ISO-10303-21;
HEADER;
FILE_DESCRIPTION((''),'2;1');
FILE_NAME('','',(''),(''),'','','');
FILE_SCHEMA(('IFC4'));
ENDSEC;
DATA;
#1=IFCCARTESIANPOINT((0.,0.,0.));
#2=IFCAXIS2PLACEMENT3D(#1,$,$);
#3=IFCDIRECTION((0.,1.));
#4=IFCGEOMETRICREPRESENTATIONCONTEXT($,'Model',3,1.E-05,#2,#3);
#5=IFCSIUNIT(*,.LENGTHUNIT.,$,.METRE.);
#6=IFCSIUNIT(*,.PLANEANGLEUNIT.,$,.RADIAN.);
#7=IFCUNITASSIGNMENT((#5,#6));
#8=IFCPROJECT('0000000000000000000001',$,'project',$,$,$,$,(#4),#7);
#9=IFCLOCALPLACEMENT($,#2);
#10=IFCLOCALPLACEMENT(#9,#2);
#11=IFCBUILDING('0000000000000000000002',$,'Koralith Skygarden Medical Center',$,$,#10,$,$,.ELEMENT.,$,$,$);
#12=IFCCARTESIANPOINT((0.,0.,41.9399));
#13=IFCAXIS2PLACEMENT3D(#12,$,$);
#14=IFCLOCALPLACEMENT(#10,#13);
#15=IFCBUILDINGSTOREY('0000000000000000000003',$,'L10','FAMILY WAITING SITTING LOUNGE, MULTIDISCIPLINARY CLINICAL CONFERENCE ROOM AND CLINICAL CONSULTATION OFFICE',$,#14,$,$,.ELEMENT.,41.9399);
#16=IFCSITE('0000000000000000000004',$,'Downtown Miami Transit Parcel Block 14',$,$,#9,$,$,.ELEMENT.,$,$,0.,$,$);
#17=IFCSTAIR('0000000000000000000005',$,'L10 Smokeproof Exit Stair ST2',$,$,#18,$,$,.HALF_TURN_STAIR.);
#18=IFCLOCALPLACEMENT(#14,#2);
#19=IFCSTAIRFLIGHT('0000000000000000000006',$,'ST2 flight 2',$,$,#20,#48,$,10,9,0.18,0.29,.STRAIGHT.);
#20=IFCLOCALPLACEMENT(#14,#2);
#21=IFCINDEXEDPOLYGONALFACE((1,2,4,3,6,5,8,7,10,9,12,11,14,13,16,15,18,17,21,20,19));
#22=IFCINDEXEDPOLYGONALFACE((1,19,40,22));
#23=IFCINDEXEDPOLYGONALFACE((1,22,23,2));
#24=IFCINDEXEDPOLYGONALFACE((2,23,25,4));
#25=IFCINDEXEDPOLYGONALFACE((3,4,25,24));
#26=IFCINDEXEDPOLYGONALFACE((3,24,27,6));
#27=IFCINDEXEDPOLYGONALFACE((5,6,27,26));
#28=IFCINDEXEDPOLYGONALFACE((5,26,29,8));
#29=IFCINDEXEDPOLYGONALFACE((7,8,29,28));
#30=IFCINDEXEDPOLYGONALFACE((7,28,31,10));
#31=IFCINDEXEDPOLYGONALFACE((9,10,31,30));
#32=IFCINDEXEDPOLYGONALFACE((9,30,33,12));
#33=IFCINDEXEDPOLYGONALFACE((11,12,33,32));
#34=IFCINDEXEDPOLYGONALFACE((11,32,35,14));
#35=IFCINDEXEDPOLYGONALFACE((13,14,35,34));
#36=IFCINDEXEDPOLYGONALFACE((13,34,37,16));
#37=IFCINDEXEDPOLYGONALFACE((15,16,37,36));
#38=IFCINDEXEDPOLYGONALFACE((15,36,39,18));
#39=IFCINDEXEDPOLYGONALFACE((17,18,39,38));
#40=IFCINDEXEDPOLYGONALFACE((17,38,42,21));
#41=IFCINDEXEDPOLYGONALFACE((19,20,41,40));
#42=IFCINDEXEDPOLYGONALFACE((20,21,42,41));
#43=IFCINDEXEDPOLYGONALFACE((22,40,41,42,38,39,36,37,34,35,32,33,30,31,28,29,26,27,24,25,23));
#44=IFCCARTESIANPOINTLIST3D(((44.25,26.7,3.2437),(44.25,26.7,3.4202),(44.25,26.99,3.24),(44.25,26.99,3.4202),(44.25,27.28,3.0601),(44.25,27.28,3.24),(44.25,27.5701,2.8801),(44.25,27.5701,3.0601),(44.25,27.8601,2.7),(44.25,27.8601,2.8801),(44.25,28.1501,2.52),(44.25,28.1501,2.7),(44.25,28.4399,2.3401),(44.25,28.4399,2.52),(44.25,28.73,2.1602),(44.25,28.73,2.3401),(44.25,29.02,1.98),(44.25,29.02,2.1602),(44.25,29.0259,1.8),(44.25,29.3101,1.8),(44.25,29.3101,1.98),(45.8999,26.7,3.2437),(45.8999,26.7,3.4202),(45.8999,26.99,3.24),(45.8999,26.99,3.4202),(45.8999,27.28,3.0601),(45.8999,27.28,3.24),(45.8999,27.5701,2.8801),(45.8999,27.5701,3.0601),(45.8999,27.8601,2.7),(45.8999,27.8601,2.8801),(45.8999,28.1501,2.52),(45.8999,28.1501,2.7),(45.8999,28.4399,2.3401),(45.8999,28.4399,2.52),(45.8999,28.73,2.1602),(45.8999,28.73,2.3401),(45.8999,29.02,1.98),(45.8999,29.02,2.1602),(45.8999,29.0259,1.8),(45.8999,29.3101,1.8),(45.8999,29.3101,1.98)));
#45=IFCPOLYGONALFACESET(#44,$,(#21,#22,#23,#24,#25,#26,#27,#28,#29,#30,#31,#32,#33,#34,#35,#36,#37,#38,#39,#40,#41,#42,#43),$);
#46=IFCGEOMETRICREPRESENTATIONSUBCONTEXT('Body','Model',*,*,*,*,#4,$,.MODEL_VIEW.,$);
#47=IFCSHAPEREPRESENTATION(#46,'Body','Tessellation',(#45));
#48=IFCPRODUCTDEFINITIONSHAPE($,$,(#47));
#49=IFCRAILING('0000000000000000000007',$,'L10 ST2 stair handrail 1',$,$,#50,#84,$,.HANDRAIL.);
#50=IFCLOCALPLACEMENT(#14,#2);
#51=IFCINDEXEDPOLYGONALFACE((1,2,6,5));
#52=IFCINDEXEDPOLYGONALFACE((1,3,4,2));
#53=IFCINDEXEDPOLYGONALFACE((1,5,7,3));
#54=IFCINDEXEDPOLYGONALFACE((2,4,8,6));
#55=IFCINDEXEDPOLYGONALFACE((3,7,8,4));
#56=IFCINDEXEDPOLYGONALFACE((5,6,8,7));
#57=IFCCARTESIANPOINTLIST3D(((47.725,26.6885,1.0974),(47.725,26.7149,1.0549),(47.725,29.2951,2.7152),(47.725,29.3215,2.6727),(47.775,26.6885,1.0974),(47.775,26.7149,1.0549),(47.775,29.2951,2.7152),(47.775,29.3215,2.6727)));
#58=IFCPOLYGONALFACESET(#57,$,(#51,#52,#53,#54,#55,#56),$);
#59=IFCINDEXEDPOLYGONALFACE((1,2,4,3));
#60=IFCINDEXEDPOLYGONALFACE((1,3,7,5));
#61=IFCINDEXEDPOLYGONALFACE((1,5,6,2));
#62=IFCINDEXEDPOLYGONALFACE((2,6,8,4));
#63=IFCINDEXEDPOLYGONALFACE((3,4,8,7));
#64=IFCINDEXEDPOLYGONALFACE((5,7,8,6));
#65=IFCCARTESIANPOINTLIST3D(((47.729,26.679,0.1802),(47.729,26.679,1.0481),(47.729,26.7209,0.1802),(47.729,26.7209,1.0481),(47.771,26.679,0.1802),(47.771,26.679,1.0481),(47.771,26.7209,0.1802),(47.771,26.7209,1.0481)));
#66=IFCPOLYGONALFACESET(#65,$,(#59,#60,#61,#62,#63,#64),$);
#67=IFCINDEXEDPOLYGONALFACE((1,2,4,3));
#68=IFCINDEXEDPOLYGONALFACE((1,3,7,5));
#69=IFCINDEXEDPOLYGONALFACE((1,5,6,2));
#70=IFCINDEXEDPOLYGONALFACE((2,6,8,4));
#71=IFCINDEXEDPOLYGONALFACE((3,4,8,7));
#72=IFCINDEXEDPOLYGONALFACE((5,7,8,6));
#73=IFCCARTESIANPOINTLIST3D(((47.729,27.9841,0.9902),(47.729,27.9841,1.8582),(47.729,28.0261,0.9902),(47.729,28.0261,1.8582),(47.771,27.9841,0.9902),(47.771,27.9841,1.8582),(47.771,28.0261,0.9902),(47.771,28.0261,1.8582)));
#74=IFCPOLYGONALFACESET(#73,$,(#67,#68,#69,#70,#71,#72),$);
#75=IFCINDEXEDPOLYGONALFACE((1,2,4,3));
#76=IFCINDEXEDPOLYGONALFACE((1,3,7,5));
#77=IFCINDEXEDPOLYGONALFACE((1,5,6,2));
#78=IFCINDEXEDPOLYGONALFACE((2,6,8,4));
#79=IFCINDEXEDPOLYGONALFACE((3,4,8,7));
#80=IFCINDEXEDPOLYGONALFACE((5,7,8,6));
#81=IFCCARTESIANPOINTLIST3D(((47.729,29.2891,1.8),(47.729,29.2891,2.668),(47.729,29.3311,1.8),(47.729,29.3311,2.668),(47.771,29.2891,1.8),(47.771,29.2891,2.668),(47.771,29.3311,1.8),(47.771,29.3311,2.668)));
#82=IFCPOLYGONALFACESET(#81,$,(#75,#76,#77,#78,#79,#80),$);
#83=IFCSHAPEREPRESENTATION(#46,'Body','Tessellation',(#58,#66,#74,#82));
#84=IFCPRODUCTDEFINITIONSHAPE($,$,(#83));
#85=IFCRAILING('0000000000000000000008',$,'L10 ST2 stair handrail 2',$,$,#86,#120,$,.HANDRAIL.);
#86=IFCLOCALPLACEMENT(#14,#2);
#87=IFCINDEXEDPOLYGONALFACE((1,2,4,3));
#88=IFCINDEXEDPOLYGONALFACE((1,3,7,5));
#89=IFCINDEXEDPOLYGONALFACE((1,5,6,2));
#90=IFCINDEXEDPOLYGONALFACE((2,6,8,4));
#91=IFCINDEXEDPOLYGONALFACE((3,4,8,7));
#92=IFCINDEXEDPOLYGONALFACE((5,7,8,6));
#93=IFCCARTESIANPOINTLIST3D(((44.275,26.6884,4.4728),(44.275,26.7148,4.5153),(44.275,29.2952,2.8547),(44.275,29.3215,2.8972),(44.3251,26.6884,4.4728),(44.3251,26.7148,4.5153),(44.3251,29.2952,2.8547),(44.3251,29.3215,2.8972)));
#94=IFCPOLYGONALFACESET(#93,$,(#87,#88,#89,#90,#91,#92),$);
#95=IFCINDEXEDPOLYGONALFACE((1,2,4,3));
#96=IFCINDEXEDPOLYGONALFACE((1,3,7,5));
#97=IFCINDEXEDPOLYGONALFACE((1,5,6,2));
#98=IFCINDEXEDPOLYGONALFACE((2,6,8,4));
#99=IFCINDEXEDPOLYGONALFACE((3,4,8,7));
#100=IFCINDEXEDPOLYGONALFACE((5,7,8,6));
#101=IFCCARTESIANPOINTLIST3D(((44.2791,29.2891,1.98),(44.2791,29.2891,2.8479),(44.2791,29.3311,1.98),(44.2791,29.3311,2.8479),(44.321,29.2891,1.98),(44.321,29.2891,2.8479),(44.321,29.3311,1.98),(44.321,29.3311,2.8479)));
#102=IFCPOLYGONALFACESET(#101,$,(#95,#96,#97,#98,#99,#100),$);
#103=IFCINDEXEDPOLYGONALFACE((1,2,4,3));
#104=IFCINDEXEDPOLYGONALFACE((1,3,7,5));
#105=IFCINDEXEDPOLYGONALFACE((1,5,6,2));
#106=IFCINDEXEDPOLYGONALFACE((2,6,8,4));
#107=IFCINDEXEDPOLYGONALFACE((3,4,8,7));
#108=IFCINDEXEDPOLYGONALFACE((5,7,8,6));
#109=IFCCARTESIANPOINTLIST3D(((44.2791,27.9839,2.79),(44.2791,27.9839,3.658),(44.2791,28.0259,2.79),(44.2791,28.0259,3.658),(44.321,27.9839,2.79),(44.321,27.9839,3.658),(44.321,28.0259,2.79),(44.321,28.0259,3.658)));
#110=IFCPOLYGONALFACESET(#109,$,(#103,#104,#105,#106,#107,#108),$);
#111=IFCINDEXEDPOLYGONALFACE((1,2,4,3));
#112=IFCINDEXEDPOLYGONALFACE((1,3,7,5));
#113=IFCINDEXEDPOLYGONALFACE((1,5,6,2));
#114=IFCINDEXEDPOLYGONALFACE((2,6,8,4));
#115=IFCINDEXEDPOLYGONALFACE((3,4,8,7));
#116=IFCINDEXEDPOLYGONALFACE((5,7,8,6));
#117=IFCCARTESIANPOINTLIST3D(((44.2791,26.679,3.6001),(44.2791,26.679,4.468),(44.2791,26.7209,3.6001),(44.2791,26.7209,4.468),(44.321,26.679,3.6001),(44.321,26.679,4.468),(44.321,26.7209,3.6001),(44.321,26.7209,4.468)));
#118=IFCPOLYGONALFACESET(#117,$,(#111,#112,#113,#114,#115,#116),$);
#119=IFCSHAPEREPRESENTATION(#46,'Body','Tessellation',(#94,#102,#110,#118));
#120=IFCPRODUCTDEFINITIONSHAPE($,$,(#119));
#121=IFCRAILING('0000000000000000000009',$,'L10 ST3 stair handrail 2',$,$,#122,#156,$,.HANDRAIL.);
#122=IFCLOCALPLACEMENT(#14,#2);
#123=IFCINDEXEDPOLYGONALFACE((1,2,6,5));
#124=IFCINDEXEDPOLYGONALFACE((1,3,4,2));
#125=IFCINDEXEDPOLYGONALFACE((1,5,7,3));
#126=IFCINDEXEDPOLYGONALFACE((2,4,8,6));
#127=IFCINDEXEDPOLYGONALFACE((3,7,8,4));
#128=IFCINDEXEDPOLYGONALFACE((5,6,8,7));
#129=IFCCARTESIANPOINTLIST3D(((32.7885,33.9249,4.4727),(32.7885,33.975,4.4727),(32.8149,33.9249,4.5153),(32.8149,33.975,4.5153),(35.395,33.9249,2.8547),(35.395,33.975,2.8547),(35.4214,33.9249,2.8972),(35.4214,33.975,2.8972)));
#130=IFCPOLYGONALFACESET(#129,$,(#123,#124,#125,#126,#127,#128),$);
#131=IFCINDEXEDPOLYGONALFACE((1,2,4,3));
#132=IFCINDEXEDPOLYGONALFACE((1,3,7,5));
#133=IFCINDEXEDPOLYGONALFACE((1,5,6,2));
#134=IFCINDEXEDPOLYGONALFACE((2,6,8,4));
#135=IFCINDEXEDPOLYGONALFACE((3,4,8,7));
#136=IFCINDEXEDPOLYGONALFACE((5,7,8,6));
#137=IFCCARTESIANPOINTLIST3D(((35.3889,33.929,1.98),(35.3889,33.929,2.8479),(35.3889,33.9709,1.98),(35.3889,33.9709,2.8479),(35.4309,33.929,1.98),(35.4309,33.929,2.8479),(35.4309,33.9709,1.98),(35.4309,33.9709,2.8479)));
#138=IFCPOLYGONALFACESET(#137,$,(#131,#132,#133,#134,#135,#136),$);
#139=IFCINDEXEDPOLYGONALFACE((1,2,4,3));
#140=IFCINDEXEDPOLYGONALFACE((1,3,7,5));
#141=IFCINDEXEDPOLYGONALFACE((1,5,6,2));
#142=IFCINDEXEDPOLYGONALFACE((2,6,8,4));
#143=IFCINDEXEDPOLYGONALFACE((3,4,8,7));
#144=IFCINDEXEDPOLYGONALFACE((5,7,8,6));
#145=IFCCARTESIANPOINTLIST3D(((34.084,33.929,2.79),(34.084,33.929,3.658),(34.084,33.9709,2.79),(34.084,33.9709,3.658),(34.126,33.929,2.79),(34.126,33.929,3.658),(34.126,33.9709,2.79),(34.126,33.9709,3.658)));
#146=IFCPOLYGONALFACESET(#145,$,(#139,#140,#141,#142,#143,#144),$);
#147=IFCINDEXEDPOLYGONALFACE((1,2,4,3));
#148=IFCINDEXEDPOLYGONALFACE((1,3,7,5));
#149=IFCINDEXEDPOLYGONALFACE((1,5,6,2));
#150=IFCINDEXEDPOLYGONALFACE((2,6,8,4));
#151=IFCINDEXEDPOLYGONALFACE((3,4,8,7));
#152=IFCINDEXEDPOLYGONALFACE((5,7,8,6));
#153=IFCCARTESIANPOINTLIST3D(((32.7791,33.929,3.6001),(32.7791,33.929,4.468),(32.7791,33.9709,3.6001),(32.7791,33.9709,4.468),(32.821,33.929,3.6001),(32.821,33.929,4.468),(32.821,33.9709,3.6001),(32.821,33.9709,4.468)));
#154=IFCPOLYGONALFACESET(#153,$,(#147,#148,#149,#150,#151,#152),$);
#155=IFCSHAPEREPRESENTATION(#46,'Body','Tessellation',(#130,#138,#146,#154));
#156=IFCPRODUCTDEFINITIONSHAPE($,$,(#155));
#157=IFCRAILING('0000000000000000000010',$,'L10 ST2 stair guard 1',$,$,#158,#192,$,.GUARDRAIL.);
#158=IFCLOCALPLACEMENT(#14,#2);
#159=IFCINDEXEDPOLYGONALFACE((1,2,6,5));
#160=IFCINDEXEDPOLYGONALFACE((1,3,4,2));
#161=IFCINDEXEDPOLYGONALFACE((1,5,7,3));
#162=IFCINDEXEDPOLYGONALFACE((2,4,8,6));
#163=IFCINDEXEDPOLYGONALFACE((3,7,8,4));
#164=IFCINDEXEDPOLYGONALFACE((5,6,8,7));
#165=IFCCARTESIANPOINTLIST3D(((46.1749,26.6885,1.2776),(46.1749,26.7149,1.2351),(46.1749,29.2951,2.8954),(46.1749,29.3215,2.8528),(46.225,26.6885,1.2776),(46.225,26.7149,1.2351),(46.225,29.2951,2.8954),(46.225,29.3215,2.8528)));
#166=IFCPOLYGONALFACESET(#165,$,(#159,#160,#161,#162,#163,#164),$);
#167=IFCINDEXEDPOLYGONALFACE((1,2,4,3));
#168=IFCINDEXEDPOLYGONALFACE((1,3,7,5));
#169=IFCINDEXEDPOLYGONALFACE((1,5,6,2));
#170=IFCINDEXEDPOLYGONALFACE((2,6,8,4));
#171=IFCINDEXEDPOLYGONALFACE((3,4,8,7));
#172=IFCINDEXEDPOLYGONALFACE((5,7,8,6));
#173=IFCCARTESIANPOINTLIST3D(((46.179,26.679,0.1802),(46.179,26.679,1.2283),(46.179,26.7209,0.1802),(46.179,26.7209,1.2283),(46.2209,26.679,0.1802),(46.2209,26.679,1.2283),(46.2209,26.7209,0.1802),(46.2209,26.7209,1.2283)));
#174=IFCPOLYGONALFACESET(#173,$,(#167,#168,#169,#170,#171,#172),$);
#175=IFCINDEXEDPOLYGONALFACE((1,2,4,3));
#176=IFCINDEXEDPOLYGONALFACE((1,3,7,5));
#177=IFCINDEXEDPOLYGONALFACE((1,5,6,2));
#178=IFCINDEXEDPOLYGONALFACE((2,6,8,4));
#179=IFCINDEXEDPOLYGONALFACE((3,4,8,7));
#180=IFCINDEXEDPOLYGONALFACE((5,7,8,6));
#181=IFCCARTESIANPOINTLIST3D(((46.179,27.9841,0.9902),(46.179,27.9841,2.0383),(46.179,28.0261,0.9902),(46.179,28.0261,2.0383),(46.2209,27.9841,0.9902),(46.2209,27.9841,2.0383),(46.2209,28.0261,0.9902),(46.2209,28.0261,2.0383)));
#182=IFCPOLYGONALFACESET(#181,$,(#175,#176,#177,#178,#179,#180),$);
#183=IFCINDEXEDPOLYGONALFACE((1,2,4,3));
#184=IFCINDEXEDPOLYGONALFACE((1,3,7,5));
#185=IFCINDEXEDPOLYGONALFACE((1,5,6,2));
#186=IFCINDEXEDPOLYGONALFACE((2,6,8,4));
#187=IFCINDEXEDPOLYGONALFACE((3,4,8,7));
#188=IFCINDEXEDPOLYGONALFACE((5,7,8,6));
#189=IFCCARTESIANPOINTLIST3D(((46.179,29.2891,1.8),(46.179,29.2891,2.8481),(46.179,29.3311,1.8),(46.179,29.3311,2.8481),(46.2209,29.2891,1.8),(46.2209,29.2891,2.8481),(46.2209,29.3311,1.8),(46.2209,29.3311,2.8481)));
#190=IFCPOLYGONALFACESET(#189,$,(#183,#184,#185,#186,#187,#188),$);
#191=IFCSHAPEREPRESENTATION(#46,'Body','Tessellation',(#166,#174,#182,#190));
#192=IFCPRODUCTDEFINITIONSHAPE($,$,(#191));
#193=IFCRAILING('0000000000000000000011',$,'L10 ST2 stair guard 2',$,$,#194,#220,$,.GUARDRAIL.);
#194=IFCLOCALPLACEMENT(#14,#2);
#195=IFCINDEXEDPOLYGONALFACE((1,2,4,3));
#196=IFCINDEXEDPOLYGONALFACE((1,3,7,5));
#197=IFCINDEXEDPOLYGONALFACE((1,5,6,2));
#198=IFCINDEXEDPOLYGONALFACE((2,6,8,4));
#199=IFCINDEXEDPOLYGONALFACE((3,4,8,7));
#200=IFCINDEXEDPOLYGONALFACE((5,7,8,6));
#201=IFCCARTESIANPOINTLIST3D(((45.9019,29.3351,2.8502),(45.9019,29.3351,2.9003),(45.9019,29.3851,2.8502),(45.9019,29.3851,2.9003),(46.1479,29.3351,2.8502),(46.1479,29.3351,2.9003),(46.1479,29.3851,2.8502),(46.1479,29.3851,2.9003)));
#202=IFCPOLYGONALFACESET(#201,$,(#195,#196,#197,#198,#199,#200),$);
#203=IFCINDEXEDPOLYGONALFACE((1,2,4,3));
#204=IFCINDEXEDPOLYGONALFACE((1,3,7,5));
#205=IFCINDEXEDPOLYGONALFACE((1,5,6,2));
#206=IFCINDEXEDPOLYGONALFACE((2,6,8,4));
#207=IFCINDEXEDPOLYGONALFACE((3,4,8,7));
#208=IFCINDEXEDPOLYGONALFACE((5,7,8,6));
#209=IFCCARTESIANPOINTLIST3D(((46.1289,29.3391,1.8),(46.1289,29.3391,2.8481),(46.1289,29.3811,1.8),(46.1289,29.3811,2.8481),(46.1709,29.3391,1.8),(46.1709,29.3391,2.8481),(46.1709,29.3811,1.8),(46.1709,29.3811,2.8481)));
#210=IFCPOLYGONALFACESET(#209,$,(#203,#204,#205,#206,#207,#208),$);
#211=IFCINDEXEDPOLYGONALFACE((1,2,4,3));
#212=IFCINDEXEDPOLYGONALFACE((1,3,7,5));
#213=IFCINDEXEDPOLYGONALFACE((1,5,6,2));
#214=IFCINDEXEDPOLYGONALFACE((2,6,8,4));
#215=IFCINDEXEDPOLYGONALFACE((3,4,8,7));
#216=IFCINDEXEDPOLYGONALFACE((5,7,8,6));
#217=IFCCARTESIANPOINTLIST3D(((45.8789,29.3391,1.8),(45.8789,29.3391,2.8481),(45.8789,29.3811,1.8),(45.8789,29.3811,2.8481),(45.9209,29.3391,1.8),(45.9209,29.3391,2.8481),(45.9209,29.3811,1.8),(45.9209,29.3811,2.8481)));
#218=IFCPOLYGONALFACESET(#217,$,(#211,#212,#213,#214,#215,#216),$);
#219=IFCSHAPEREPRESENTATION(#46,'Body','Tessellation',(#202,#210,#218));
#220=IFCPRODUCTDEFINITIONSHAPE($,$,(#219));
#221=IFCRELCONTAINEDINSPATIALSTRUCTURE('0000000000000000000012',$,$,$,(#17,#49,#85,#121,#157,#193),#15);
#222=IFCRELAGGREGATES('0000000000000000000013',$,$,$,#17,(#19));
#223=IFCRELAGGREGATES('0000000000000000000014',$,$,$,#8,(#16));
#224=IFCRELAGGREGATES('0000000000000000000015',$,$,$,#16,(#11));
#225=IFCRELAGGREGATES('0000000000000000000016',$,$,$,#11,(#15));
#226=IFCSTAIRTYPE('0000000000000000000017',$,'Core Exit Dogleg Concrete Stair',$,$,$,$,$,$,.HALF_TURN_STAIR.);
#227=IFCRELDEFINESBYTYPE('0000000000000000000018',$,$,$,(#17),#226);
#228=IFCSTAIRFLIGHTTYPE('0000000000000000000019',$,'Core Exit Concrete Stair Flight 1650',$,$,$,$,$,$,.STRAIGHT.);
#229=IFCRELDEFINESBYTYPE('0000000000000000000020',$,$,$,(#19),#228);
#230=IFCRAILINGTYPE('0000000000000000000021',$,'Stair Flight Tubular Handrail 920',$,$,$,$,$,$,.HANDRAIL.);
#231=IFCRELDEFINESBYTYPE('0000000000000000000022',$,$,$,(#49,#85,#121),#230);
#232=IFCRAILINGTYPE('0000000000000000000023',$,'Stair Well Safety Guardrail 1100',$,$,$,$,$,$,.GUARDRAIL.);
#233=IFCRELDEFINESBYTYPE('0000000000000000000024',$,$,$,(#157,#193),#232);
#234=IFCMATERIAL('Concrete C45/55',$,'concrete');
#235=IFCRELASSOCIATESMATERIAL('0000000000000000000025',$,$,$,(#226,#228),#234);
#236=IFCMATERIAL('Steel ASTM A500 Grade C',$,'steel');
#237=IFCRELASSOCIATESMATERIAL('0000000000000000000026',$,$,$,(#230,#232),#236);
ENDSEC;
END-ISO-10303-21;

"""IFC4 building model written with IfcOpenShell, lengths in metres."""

from ifc_helpers import new_model, si_unit, direction, frame, origin, origin_2d, place, context, subcontext, project, spatial, polyline, rectangle, outline, extrude, material, type_object, element, aggregate, save


model = new_model("IFC4")

# Units and contexts
model_context = context("Model", 3, precision=1e-05, world=origin(), true_north=direction((0.0, 1.0)))
body_context = subcontext(model_context, "Body", "Model", "MODEL_VIEW")
ifc_project = project(units=[si_unit("LENGTHUNIT", "METRE"), si_unit("PLANEANGLEUNIT", "RADIAN")], contexts=[model_context])

# Site, building, storey
site_placement = place(None, origin())
site = spatial("IfcSite", under=ifc_project, at=site_placement, Name="Downtown Miami Transit Parcel Block 14", CompositionType="ELEMENT", RefElevation=0.0)
building_placement = place(site_placement, origin())
building = spatial("IfcBuilding", under=site, at=building_placement, Name="Koralith Skygarden Medical Center", CompositionType="ELEMENT")
storey_placement = place(building_placement, frame((0.0, 0.0, 41.9399)))
storey = spatial("IfcBuildingStorey", under=building, at=storey_placement, Name="L10", Description="FAMILY WAITING SITTING LOUNGE, MULTIDISCIPLINARY CLINICAL CONFERENCE ROOM AND CLINICAL CONSULTATION OFFICE", CompositionType="ELEMENT", Elevation=41.9399)

# Shared definitions
ifc_material_1 = material(Name="Concrete C45/55", Category="concrete")

# Stair, stair flight
stair_type = type_object("IfcStairType", Name="Core Exit Dogleg Concrete Stair", PredefinedType="HALF_TURN_STAIR", material=ifc_material_1)
stair_placement = place(storey_placement, origin())
stair = element("IfcStair", 1, at=stair_placement, inside=storey, type_object=stair_type, Name="L10 Smokeproof Exit Stair ST2", PredefinedType="HALF_TURN_STAIR")
stair_flight_type = type_object("IfcStairFlightType", Name="Core Exit Concrete Stair Flight 1650", PredefinedType="STRAIGHT", material=ifc_material_1)
stair_flight_1_placement = place(storey_placement, frame((45.075, 29.3101, 1.8), z_axis=(0.0, 0.0, 1.0), x_axis=(0.0, -1.0, 0.0)))
stair_flight_1 = element("IfcStairFlight", 2, at=stair_flight_1_placement, type_object=stair_flight_type, Name="ST2 flight 2", NumberOfRisers=10, NumberOfTreads=9, PredefinedType="STRAIGHT", RiserHeight=0.18, TreadLength=0.29, context=body_context, shape_type="SweptSolid", body=[
    extrude(outline(polyline([(0.0, 0.0), (0.0, 0.1799), (0.29, 0.1799), (0.29, 0.3601), (0.5801, 0.3601), (0.5801, 0.54), (0.8701, 0.54), (0.8701, 0.72), (1.1599, 0.72), (1.1599, 0.8999), (1.45, 0.8999), (1.45, 1.0801), (1.74, 1.0801), (1.74, 1.26), (2.03, 1.26), (2.03, 1.4399), (2.3201, 1.4399), (2.3201, 1.6201), (2.6101, 1.6201), (2.6101, 1.8), (2.6101, 1.4436), (0.2842, 0.0), (0.0, 0.0)])), frame((0.0, 0.825, 0.0), z_axis=(0.0, -1.0, 0.0), x_axis=(1.0, 0.0, 0.0)), (0.0, 0.0, 1.0), 1.6499),
])
aggregate(stair, [stair_flight_1])

# Railings
ifc_material_2 = material(Name="Steel ASTM A500 Grade C", Category="steel")
railing_type_1 = type_object("IfcRailingType", Name="Stair Flight Tubular Handrail 920", PredefinedType="HANDRAIL", material=ifc_material_2)
railing_1_placement = place(storey_placement, frame((47.75, 26.7, 0.1802)))
element("IfcRailing", 3, at=railing_1_placement, inside=storey, type_object=railing_type_1, Name="L10 ST2 stair handrail 1", PredefinedType="HANDRAIL", context=body_context, shape_type="SweptSolid", body=[
    extrude(rectangle(XDim=0.05, YDim=0.05, at=origin_2d()), frame((0.0, 0.0017, 0.896), z_axis=(0.0, 0.849668, 0.527317), x_axis=(-1.0, 0.0, 0.0)), (0.0, 0.0, 1.0), 3.0679),
    extrude(rectangle(XDim=0.042, YDim=0.042, at=origin_2d()), origin(), (0.0, 0.0, 1.0), 0.8679),
    extrude(rectangle(XDim=0.042, YDim=0.042, at=origin_2d()), frame((0.0, 1.3052, 0.8101)), (0.0, 0.0, 1.0), 0.8679),
    extrude(rectangle(XDim=0.042, YDim=0.042, at=origin_2d()), frame((0.0, 2.6101, 1.6199)), (0.0, 0.0, 1.0), 0.8679),
])
railing_2_placement = place(storey_placement, frame((44.3, 29.3101, 1.98)))
element("IfcRailing", 4, at=railing_2_placement, inside=storey, type_object=railing_type_1, Name="L10 ST2 stair handrail 2", PredefinedType="HANDRAIL", context=body_context, shape_type="SweptSolid", body=[
    extrude(rectangle(XDim=0.05, YDim=0.05, at=origin_2d()), frame((0.0, -0.0017, 0.896), z_axis=(0.0, -0.849633, 0.527375), x_axis=(1.0, 0.0, 0.0)), (0.0, 0.0, 1.0), 3.0681),
    extrude(rectangle(XDim=0.042, YDim=0.042, at=origin_2d()), origin(), (0.0, 0.0, 1.0), 0.8679),
    extrude(rectangle(XDim=0.042, YDim=0.042, at=origin_2d()), frame((0.0, -1.3052, 0.8101)), (0.0, 0.0, 1.0), 0.8679),
    extrude(rectangle(XDim=0.042, YDim=0.042, at=origin_2d()), frame((0.0, -2.6101, 1.6201)), (0.0, 0.0, 1.0), 0.8679),
])
railing_3_placement = place(storey_placement, frame((35.4099, 33.95, 1.98)))
element("IfcRailing", 5, at=railing_3_placement, inside=storey, type_object=railing_type_1, Name="L10 ST3 stair handrail 2", PredefinedType="HANDRAIL", context=body_context, shape_type="SweptSolid", body=[
    extrude(rectangle(XDim=0.05, YDim=0.05, at=origin_2d()), frame((-0.0017, 0.0, 0.896), z_axis=(-0.849611, 0.0, 0.52741), x_axis=(0.0, -1.0, 0.0)), (0.0, 0.0, 1.0), 3.0679),
    extrude(rectangle(XDim=0.042, YDim=0.042, at=origin_2d()), origin(), (0.0, 0.0, 1.0), 0.8679),
    extrude(rectangle(XDim=0.042, YDim=0.042, at=origin_2d()), frame((-1.3049, 0.0, 0.8101)), (0.0, 0.0, 1.0), 0.8679),
    extrude(rectangle(XDim=0.042, YDim=0.042, at=origin_2d()), frame((-2.6099, 0.0, 1.6201)), (0.0, 0.0, 1.0), 0.8679),
])
railing_type_2 = type_object("IfcRailingType", Name="Stair Well Safety Guardrail 1100", PredefinedType="GUARDRAIL", material=ifc_material_2)
railing_4_placement = place(storey_placement, frame((46.2, 26.7, 0.1802)))
element("IfcRailing", 6, at=railing_4_placement, inside=storey, type_object=railing_type_2, Name="L10 ST2 stair guard 1", PredefinedType="GUARDRAIL", context=body_context, shape_type="SweptSolid", body=[
    extrude(rectangle(XDim=0.05, YDim=0.05, at=origin_2d()), frame((0.0, 0.0017, 1.0762), z_axis=(0.0, 0.849668, 0.527317), x_axis=(-1.0, 0.0, 0.0)), (0.0, 0.0, 1.0), 3.0679),
    extrude(rectangle(XDim=0.042, YDim=0.042, at=origin_2d()), origin(), (0.0, 0.0, 1.0), 1.0481),
    extrude(rectangle(XDim=0.042, YDim=0.042, at=origin_2d()), frame((0.0, 1.3052, 0.8101)), (0.0, 0.0, 1.0), 1.0481),
    extrude(rectangle(XDim=0.042, YDim=0.042, at=origin_2d()), frame((0.0, 2.6101, 1.6199)), (0.0, 0.0, 1.0), 1.0481),
])
railing_5_placement = place(storey_placement, frame((46.1499, 29.3601, 1.8)))
element("IfcRailing", 7, at=railing_5_placement, inside=storey, type_object=railing_type_2, Name="L10 ST2 stair guard 2", PredefinedType="GUARDRAIL", context=body_context, shape_type="SweptSolid", body=[
    extrude(rectangle(XDim=0.05, YDim=0.05, at=origin_2d()), frame((-0.002, 0.0, 1.0752), z_axis=(-1.0, 0.0, 0.0), x_axis=(0.0, -1.0, 0.0)), (0.0, 0.0, 1.0), 0.2461),
    extrude(rectangle(XDim=0.042, YDim=0.042, at=origin_2d()), origin(), (0.0, 0.0, 1.0), 1.0481),
    extrude(rectangle(XDim=0.042, YDim=0.042, at=origin_2d()), frame((-0.25, 0.0, 0.0)), (0.0, 0.0, 1.0), 1.0481),
])

save(model, "model.ifc")
